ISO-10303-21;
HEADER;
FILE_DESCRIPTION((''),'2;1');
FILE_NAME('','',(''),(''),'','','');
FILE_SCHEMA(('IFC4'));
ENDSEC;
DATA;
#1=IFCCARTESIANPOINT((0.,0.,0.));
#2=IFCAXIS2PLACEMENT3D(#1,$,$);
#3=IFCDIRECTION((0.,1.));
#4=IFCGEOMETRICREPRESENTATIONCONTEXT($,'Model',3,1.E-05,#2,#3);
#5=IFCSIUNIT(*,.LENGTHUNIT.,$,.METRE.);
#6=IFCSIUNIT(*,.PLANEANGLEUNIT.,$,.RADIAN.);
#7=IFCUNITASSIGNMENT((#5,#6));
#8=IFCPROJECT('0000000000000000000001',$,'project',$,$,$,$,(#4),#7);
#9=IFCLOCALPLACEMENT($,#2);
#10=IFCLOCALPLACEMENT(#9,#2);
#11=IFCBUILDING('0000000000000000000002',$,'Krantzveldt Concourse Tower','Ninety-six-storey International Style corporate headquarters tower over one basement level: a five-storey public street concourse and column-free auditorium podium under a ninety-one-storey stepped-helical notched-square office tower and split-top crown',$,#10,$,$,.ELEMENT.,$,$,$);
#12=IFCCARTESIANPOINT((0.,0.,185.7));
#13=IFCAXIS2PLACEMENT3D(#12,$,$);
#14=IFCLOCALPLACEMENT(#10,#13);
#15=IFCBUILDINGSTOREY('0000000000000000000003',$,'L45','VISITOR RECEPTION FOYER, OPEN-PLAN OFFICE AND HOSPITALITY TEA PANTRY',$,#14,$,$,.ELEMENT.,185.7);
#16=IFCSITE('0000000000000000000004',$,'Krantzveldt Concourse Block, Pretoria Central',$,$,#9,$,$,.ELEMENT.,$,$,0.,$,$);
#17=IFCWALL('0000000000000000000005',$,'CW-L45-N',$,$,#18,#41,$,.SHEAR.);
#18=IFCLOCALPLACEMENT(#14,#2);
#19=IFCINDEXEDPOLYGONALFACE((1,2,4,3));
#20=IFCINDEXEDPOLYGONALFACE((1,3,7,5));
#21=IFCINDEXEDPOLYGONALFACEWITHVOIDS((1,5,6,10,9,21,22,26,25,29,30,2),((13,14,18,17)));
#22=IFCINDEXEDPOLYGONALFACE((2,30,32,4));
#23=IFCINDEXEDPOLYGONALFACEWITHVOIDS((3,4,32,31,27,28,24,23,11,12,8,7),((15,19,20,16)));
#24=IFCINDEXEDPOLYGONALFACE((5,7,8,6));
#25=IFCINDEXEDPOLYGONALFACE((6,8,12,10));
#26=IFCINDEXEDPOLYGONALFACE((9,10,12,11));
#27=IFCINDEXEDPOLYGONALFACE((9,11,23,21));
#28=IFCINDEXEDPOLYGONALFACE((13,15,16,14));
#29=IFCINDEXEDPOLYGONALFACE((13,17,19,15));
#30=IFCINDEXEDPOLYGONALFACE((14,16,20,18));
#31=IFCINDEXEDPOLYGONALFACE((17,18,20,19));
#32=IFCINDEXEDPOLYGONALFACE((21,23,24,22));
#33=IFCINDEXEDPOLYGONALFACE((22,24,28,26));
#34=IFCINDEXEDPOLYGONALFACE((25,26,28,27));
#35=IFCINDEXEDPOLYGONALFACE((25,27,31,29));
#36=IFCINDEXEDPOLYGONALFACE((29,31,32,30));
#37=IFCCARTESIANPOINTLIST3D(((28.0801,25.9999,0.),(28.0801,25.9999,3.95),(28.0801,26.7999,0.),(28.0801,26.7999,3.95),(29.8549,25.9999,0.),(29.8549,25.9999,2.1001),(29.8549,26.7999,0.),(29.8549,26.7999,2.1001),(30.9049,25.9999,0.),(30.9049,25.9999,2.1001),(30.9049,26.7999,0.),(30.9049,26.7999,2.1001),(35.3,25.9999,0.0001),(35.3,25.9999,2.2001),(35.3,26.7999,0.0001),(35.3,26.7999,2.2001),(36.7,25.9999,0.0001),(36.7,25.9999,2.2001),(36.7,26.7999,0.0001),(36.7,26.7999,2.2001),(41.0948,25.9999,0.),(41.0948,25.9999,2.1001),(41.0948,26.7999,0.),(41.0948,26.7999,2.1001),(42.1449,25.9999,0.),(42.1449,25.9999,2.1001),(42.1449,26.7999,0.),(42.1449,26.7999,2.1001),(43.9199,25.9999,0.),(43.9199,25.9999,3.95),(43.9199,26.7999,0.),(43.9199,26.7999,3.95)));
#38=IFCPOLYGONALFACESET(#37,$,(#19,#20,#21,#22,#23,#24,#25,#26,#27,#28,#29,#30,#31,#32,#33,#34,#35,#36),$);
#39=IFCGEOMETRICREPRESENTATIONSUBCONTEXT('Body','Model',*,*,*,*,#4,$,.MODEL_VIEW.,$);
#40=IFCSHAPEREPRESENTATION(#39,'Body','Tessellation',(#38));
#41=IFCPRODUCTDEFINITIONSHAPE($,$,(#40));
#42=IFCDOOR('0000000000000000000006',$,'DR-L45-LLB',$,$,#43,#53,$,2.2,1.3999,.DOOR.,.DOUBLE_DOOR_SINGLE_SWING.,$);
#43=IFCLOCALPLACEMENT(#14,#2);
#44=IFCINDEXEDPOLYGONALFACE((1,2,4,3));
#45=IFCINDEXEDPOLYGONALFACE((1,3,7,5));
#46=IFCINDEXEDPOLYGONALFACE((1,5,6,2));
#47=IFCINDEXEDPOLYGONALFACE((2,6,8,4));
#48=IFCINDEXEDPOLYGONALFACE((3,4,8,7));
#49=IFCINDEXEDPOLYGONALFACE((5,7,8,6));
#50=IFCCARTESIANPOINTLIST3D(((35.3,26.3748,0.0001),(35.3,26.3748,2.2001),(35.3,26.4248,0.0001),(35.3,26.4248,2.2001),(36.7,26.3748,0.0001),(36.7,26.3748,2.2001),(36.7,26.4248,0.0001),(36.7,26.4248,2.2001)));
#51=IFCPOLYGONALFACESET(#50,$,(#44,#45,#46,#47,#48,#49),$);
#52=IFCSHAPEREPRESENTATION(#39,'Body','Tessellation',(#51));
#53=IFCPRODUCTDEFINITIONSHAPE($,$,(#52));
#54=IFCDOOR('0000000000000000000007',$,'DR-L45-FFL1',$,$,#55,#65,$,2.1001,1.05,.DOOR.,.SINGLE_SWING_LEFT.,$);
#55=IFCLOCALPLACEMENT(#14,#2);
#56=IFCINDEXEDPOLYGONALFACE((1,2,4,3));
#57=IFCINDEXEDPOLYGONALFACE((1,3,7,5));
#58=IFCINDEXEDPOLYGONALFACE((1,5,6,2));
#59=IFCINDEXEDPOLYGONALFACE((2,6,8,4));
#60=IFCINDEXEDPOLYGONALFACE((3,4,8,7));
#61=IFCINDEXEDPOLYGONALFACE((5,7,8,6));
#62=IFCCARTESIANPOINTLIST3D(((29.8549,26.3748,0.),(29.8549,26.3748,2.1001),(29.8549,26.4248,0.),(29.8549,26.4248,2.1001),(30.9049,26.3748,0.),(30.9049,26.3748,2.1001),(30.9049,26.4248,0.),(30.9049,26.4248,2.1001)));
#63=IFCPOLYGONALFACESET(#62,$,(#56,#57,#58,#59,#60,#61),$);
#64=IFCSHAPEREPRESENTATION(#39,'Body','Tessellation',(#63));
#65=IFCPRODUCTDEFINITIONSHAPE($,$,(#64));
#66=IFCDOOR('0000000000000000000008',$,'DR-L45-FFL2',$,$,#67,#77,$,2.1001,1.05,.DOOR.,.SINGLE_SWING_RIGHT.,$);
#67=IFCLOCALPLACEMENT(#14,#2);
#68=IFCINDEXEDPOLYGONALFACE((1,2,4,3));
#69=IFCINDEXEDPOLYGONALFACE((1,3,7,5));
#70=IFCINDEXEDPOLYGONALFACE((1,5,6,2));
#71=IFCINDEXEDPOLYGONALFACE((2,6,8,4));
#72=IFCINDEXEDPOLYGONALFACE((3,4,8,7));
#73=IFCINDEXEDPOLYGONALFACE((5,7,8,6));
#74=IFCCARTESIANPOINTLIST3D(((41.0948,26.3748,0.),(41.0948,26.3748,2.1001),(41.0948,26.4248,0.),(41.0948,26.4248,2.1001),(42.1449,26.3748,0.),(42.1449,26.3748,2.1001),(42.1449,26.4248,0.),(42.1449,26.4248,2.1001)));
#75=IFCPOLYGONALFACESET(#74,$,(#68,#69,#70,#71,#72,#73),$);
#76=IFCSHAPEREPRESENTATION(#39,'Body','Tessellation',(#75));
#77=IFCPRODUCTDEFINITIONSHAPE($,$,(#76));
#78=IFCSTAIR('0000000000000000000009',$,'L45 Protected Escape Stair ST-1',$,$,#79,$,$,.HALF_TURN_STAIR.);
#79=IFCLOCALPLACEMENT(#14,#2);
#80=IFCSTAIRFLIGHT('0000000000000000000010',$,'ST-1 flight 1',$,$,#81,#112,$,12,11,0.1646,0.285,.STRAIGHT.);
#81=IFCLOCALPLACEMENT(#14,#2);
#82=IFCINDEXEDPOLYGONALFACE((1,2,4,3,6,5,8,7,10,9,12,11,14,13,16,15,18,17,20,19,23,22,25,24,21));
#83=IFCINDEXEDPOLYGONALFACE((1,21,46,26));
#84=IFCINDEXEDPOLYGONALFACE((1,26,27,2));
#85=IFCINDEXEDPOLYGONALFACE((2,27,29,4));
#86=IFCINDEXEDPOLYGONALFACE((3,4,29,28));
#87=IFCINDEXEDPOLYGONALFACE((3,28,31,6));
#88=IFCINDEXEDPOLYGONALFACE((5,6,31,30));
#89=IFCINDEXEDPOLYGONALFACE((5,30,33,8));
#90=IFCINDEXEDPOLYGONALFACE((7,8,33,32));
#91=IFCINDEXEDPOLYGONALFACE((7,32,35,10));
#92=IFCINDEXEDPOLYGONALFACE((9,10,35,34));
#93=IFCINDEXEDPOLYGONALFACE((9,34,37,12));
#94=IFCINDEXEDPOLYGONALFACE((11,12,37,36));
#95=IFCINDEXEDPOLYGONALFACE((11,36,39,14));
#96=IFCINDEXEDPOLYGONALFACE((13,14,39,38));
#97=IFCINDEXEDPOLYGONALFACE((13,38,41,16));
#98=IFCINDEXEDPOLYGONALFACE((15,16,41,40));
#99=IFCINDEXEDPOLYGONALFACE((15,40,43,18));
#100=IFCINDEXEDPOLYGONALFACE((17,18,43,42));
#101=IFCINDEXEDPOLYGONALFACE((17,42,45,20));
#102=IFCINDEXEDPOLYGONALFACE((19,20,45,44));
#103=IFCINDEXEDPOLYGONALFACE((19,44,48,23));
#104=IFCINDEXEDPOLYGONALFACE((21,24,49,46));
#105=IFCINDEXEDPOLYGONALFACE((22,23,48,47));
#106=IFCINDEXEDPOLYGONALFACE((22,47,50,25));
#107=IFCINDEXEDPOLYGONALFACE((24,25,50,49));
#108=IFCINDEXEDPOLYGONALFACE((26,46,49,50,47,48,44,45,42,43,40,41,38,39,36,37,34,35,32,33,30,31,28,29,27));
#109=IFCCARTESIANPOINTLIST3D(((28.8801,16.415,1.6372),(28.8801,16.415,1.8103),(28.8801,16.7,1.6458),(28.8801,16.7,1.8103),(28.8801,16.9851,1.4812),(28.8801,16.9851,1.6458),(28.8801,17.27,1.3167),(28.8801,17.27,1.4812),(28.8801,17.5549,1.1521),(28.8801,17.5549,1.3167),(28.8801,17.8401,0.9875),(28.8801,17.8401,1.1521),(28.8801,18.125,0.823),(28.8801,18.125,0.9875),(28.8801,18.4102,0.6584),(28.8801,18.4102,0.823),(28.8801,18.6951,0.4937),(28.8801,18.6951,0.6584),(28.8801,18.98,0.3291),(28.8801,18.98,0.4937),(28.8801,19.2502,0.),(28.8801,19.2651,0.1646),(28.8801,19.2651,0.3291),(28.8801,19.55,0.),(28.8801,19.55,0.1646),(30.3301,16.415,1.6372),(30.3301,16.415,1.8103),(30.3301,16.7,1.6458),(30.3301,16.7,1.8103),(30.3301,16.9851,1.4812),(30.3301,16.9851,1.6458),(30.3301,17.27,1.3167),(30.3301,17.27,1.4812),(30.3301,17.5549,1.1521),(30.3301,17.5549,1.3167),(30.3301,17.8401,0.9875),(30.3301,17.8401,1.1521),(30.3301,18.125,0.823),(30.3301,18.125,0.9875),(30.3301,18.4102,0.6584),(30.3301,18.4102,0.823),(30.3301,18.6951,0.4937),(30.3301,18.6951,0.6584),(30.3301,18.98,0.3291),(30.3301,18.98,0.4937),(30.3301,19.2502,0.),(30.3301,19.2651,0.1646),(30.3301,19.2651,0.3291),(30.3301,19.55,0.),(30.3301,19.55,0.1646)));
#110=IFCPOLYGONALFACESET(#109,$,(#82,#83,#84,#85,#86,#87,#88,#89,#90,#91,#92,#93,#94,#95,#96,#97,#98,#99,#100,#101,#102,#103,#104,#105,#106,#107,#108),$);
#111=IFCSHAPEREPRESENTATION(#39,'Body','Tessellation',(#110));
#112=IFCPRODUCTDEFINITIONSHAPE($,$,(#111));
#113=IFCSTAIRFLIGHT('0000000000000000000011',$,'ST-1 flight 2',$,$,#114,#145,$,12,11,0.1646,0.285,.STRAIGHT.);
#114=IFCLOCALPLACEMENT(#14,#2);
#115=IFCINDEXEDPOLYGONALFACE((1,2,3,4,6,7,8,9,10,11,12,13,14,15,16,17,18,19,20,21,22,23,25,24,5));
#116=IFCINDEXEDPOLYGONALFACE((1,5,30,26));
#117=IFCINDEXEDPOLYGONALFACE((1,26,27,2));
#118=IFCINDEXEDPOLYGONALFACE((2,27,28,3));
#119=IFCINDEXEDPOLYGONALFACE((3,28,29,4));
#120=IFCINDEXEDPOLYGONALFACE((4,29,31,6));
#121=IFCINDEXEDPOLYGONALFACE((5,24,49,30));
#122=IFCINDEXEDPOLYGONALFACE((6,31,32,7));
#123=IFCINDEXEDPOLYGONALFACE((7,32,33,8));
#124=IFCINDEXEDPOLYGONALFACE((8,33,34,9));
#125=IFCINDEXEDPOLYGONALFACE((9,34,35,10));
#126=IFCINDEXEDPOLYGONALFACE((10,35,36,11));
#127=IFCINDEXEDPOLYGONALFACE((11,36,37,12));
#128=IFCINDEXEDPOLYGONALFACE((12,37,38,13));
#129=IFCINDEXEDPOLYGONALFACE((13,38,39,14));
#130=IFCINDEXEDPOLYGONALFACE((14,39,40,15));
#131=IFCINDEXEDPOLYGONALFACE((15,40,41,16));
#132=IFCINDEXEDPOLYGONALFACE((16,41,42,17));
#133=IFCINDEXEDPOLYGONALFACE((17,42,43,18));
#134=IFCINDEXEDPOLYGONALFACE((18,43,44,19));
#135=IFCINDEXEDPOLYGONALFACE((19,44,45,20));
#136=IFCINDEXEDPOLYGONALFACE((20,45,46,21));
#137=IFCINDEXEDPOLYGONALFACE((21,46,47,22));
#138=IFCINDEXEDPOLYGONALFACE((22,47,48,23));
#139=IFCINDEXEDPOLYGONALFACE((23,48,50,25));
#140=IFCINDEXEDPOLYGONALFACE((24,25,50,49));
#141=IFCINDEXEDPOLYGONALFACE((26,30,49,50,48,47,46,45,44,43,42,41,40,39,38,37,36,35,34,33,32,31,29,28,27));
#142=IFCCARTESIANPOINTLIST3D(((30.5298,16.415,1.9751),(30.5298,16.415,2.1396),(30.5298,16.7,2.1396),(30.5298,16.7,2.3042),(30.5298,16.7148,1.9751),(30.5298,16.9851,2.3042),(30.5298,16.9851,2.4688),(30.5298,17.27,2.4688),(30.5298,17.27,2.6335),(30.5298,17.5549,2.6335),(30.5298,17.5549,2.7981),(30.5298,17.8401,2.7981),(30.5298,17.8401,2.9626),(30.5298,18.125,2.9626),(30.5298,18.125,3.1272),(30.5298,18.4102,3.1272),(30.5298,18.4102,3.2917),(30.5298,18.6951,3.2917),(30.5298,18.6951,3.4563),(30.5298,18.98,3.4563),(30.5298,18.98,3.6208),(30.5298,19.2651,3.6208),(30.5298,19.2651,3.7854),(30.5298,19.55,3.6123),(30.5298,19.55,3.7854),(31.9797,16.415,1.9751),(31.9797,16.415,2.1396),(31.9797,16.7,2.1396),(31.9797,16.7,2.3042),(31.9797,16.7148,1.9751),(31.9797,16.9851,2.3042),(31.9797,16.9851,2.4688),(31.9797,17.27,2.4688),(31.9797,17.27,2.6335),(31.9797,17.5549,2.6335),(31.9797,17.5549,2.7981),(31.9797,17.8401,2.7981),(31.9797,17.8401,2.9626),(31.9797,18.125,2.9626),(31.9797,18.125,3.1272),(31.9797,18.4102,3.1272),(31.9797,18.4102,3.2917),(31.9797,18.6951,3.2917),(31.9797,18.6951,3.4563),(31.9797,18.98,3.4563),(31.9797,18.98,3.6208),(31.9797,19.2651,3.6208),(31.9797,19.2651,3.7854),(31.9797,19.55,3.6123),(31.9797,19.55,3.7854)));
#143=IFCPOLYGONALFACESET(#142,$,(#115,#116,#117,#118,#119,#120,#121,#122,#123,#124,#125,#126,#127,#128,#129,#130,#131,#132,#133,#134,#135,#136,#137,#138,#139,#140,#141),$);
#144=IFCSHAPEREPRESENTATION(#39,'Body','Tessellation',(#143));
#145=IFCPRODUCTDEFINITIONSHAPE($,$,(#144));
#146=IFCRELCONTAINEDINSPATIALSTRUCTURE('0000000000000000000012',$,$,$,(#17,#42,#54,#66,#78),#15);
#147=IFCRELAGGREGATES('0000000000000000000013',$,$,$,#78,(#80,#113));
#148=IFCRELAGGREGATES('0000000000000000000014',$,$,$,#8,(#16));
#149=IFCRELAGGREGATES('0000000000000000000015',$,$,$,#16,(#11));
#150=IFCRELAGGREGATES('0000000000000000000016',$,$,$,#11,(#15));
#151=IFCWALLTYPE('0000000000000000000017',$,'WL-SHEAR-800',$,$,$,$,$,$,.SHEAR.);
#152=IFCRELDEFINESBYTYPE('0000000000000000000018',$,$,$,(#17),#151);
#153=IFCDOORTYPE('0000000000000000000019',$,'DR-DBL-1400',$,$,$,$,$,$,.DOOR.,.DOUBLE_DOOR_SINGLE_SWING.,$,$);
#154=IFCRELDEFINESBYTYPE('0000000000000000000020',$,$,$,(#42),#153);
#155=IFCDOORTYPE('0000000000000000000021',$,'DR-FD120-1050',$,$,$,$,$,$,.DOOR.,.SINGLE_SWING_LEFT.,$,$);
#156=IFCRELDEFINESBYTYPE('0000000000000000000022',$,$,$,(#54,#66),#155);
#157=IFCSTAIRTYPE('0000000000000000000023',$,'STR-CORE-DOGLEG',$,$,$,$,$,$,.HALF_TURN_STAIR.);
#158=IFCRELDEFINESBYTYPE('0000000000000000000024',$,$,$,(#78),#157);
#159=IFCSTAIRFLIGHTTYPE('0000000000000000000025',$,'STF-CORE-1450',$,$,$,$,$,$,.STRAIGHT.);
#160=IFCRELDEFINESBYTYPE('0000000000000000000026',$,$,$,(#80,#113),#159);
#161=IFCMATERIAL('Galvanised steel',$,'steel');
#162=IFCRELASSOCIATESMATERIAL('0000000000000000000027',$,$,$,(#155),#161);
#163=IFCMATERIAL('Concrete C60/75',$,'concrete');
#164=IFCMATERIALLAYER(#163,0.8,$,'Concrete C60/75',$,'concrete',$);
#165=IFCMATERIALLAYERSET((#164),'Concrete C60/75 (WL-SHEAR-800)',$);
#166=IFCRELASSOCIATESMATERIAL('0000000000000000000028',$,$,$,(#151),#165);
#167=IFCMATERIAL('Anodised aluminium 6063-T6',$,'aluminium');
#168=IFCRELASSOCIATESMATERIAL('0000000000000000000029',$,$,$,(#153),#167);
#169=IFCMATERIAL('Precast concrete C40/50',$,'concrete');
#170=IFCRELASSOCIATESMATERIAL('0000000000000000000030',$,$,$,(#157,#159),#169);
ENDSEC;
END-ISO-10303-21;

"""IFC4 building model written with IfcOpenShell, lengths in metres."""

from ifc_helpers import new_model, si_unit, direction, frame, frame_2d, origin, place, context, subcontext, project, spatial, polyline, rectangle, outline, extrude, material, layer, layer_set, type_object, element, fill, aggregate, save


model = new_model("IFC4")

# Units and contexts
model_context = context("Model", 3, precision=1e-05, world=origin(), true_north=direction((0.0, 1.0)))
body_context = subcontext(model_context, "Body", "Model", "MODEL_VIEW")
ifc_project = project(units=[si_unit("LENGTHUNIT", "METRE"), si_unit("PLANEANGLEUNIT", "RADIAN")], contexts=[model_context])

# Site, building, storey
site_placement = place(None, origin())
site = spatial("IfcSite", under=ifc_project, at=site_placement, Name="Krantzveldt Concourse Block, Pretoria Central", CompositionType="ELEMENT", RefElevation=0.0)
building_placement = place(site_placement, origin())
building = spatial("IfcBuilding", under=site, at=building_placement, Name="Krantzveldt Concourse Tower", Description="Ninety-six-storey International Style corporate headquarters tower over one basement level: a five-storey public street concourse and column-free auditorium podium under a ninety-one-storey stepped-helical notched-square office tower and split-top crown", CompositionType="ELEMENT")
storey_placement = place(building_placement, frame((0.0, 0.0, 185.7)))
storey = spatial("IfcBuildingStorey", under=building, at=storey_placement, Name="L45", Description="VISITOR RECEPTION FOYER, OPEN-PLAN OFFICE AND HOSPITALITY TEA PANTRY", CompositionType="ELEMENT", Elevation=185.7)

# Shared definitions
ifc_material_1 = material(Name="Galvanised steel", Category="steel")
door_type_1 = type_object("IfcDoorType", Name="DR-FD120-1050", OperationType="SINGLE_SWING_LEFT", PredefinedType="DOOR", material=ifc_material_1)

# Wall, openings, doors
ifc_material_2 = material(Name="Concrete C60/75", Category="concrete")
ifc_layer_1 = layer(ifc_material_2, 0.8, Name="Concrete C60/75", Category="concrete")
ifc_layer_set_1 = layer_set([ifc_layer_1], Name="Concrete C60/75 (WL-SHEAR-800)")
wall_type_1 = type_object("IfcWallType", Name="WL-SHEAR-800", PredefinedType="SHEAR", material=ifc_layer_set_1)
wall_1_placement = place(storey_placement, frame((28.0801, 26.3999, 0.0), z_axis=(0.0, 0.0, 1.0), x_axis=(1.0, 0.0, 0.0)))
wall_1 = element("IfcWall", 1, at=wall_1_placement, inside=storey, type_object=wall_type_1, Name="CW-L45-N", PredefinedType="SHEAR", context=body_context, shape_type="SweptSolid", body=[
    extrude(rectangle(XDim=15.8398, YDim=0.8, at=frame_2d((7.9199, 0.0))), origin(), (0.0, 0.0, 1.0), 3.95),
])
opening_1_placement = place(wall_1_placement, frame((7.22, 0.0, 0.0)))
opening_1 = element("IfcOpeningElement", 2, at=opening_1_placement, cuts=wall_1, PredefinedType="OPENING", context=body_context, shape_type="SweptSolid", body=[
    extrude(rectangle(XDim=1.3999, YDim=2.2, at=frame_2d((0.7, 1.1001))), frame((0.0, 0.4102, 0.0), z_axis=(0.0, -1.0, 0.0), x_axis=(1.0, 0.0, 0.0)), (0.0, 0.0, 1.0), 0.8201),
])
opening_2_placement = place(wall_1_placement, frame((1.7749, 0.0, 0.0)))
opening_2 = element("IfcOpeningElement", 3, at=opening_2_placement, cuts=wall_1, PredefinedType="OPENING", context=body_context, shape_type="SweptSolid", body=[
    extrude(rectangle(XDim=1.05, YDim=2.1001, at=frame_2d((0.5249, 1.05))), frame((0.0, 0.4102, 0.0), z_axis=(0.0, -1.0, 0.0), x_axis=(1.0, 0.0, 0.0)), (0.0, 0.0, 1.0), 0.8201),
])
opening_3_placement = place(wall_1_placement, frame((13.0149, 0.0, 0.0)))
opening_3 = element("IfcOpeningElement", 4, at=opening_3_placement, cuts=wall_1, PredefinedType="OPENING", context=body_context, shape_type="SweptSolid", body=[
    extrude(rectangle(XDim=1.05, YDim=2.1001, at=frame_2d((0.5249, 1.05))), frame((0.0, 0.4102, 0.0), z_axis=(0.0, -1.0, 0.0), x_axis=(1.0, 0.0, 0.0)), (0.0, 0.0, 1.0), 0.8201),
])
ifc_material_3 = material(Name="Anodised aluminium 6063-T6", Category="aluminium")
door_type_2 = type_object("IfcDoorType", Name="DR-DBL-1400", OperationType="DOUBLE_DOOR_SINGLE_SWING", PredefinedType="DOOR", material=ifc_material_3)
door_1_placement = place(opening_1_placement, origin())
door_1 = element("IfcDoor", 5, at=door_1_placement, inside=storey, type_object=door_type_2, Name="DR-L45-LLB", OperationType="DOUBLE_DOOR_SINGLE_SWING", OverallHeight=2.2, OverallWidth=1.3999, PredefinedType="DOOR", context=body_context, shape_type="SweptSolid", body=[
    extrude(rectangle(XDim=1.3999, YDim=2.2, at=frame_2d((0.7, 1.1001))), frame((0.0, 0.0249, 0.0), z_axis=(0.0, -1.0, 0.0), x_axis=(1.0, 0.0, 0.0)), (0.0, 0.0, 1.0), 0.05),
])
fill(opening_1, door_1)
door_2_placement = place(opening_2_placement, origin())
door_2 = element("IfcDoor", 6, at=door_2_placement, inside=storey, type_object=door_type_1, Name="DR-L45-FFL1", OperationType="SINGLE_SWING_LEFT", OverallHeight=2.1001, OverallWidth=1.05, PredefinedType="DOOR", context=body_context, shape_type="SweptSolid", body=[
    extrude(rectangle(XDim=1.05, YDim=2.1001, at=frame_2d((0.5249, 1.05))), frame((0.0, 0.0249, 0.0), z_axis=(0.0, -1.0, 0.0), x_axis=(1.0, 0.0, 0.0)), (0.0, 0.0, 1.0), 0.05),
])
fill(opening_2, door_2)
door_3_placement = place(opening_3_placement, origin())
door_3 = element("IfcDoor", 7, at=door_3_placement, inside=storey, type_object=door_type_1, Name="DR-L45-FFL2", OperationType="SINGLE_SWING_RIGHT", OverallHeight=2.1001, OverallWidth=1.05, PredefinedType="DOOR", context=body_context, shape_type="SweptSolid", body=[
    extrude(rectangle(XDim=1.05, YDim=2.1001, at=frame_2d((0.5249, 1.05))), frame((0.0, 0.0249, 0.0), z_axis=(0.0, -1.0, 0.0), x_axis=(1.0, 0.0, 0.0)), (0.0, 0.0, 1.0), 0.05),
])
fill(opening_3, door_3)

# Stair, stair flights
ifc_material_4 = material(Name="Precast concrete C40/50", Category="concrete")
stair_type = type_object("IfcStairType", Name="STR-CORE-DOGLEG", PredefinedType="HALF_TURN_STAIR", material=ifc_material_4)
stair_placement = place(storey_placement, origin())
stair = element("IfcStair", 8, at=stair_placement, inside=storey, type_object=stair_type, Name="L45 Protected Escape Stair ST-1", PredefinedType="HALF_TURN_STAIR")
stair_flight_type = type_object("IfcStairFlightType", Name="STF-CORE-1450", PredefinedType="STRAIGHT", material=ifc_material_4)
stair_flight_1_placement = place(storey_placement, frame((29.605, 19.55, 0.0), z_axis=(0.0, 0.0, 1.0), x_axis=(0.0, -1.0, 0.0)))
stair_flight_1 = element("IfcStairFlight", 9, at=stair_flight_1_placement, type_object=stair_flight_type, Name="ST-1 flight 1", NumberOfRisers=12, NumberOfTreads=11, PredefinedType="STRAIGHT", RiserHeight=0.1646, TreadLength=0.285, context=body_context, shape_type="SweptSolid", body=[
    extrude(outline(polyline([(0.0, 0.0), (0.0, 0.1646), (0.2849, 0.1646), (0.2849, 0.3291), (0.5701, 0.3291), (0.5701, 0.4937), (0.855, 0.4937), (0.855, 0.6584), (1.1399, 0.6584), (1.1399, 0.823), (1.425, 0.823), (1.425, 0.9875), (1.71, 0.9875), (1.71, 1.1521), (1.9951, 1.1521), (1.9951, 1.3167), (2.28, 1.3167), (2.28, 1.4812), (2.5649, 1.4812), (2.5649, 1.6458), (2.8501, 1.6458), (2.8501, 1.8103), (3.135, 1.8103), (3.135, 1.9751), (3.135, 1.6372), (0.2998, 0.0), (0.0, 0.0)])), frame((0.0, 0.7251, 0.0), z_axis=(0.0, -1.0, 0.0), x_axis=(1.0, 0.0, 0.0)), (0.0, 0.0, 1.0), 1.45),
])
stair_flight_2_placement = place(storey_placement, frame((31.2549, 16.415, 1.9751), z_axis=(0.0, 0.0, 1.0), x_axis=(0.0, 1.0, 0.0)))
stair_flight_2 = element("IfcStairFlight", 10, at=stair_flight_2_placement, type_object=stair_flight_type, Name="ST-1 flight 2", NumberOfRisers=12, NumberOfTreads=11, PredefinedType="STRAIGHT", RiserHeight=0.1646, TreadLength=0.285, context=body_context, shape_type="SweptSolid", body=[
    extrude(outline(polyline([(0.0, 0.0), (0.0, 0.1646), (0.2849, 0.1646), (0.2849, 0.3291), (0.5701, 0.3291), (0.5701, 0.4937), (0.855, 0.4937), (0.855, 0.6584), (1.1399, 0.6584), (1.1399, 0.823), (1.425, 0.823), (1.425, 0.9875), (1.71, 0.9875), (1.71, 1.1521), (1.9951, 1.1521), (1.9951, 1.3167), (2.28, 1.3167), (2.28, 1.4812), (2.5649, 1.4812), (2.5649, 1.6458), (2.8501, 1.6458), (2.8501, 1.8103), (3.135, 1.8103), (3.135, 1.9751), (3.135, 1.6372), (0.2998, 0.0), (0.0, 0.0)])), frame((0.0, 0.7251, 0.0), z_axis=(0.0, -1.0, 0.0), x_axis=(1.0, 0.0, 0.0)), (0.0, 0.0, 1.0), 1.45),
])
aggregate(stair, [stair_flight_1, stair_flight_2])

save(model, "model.ifc")
